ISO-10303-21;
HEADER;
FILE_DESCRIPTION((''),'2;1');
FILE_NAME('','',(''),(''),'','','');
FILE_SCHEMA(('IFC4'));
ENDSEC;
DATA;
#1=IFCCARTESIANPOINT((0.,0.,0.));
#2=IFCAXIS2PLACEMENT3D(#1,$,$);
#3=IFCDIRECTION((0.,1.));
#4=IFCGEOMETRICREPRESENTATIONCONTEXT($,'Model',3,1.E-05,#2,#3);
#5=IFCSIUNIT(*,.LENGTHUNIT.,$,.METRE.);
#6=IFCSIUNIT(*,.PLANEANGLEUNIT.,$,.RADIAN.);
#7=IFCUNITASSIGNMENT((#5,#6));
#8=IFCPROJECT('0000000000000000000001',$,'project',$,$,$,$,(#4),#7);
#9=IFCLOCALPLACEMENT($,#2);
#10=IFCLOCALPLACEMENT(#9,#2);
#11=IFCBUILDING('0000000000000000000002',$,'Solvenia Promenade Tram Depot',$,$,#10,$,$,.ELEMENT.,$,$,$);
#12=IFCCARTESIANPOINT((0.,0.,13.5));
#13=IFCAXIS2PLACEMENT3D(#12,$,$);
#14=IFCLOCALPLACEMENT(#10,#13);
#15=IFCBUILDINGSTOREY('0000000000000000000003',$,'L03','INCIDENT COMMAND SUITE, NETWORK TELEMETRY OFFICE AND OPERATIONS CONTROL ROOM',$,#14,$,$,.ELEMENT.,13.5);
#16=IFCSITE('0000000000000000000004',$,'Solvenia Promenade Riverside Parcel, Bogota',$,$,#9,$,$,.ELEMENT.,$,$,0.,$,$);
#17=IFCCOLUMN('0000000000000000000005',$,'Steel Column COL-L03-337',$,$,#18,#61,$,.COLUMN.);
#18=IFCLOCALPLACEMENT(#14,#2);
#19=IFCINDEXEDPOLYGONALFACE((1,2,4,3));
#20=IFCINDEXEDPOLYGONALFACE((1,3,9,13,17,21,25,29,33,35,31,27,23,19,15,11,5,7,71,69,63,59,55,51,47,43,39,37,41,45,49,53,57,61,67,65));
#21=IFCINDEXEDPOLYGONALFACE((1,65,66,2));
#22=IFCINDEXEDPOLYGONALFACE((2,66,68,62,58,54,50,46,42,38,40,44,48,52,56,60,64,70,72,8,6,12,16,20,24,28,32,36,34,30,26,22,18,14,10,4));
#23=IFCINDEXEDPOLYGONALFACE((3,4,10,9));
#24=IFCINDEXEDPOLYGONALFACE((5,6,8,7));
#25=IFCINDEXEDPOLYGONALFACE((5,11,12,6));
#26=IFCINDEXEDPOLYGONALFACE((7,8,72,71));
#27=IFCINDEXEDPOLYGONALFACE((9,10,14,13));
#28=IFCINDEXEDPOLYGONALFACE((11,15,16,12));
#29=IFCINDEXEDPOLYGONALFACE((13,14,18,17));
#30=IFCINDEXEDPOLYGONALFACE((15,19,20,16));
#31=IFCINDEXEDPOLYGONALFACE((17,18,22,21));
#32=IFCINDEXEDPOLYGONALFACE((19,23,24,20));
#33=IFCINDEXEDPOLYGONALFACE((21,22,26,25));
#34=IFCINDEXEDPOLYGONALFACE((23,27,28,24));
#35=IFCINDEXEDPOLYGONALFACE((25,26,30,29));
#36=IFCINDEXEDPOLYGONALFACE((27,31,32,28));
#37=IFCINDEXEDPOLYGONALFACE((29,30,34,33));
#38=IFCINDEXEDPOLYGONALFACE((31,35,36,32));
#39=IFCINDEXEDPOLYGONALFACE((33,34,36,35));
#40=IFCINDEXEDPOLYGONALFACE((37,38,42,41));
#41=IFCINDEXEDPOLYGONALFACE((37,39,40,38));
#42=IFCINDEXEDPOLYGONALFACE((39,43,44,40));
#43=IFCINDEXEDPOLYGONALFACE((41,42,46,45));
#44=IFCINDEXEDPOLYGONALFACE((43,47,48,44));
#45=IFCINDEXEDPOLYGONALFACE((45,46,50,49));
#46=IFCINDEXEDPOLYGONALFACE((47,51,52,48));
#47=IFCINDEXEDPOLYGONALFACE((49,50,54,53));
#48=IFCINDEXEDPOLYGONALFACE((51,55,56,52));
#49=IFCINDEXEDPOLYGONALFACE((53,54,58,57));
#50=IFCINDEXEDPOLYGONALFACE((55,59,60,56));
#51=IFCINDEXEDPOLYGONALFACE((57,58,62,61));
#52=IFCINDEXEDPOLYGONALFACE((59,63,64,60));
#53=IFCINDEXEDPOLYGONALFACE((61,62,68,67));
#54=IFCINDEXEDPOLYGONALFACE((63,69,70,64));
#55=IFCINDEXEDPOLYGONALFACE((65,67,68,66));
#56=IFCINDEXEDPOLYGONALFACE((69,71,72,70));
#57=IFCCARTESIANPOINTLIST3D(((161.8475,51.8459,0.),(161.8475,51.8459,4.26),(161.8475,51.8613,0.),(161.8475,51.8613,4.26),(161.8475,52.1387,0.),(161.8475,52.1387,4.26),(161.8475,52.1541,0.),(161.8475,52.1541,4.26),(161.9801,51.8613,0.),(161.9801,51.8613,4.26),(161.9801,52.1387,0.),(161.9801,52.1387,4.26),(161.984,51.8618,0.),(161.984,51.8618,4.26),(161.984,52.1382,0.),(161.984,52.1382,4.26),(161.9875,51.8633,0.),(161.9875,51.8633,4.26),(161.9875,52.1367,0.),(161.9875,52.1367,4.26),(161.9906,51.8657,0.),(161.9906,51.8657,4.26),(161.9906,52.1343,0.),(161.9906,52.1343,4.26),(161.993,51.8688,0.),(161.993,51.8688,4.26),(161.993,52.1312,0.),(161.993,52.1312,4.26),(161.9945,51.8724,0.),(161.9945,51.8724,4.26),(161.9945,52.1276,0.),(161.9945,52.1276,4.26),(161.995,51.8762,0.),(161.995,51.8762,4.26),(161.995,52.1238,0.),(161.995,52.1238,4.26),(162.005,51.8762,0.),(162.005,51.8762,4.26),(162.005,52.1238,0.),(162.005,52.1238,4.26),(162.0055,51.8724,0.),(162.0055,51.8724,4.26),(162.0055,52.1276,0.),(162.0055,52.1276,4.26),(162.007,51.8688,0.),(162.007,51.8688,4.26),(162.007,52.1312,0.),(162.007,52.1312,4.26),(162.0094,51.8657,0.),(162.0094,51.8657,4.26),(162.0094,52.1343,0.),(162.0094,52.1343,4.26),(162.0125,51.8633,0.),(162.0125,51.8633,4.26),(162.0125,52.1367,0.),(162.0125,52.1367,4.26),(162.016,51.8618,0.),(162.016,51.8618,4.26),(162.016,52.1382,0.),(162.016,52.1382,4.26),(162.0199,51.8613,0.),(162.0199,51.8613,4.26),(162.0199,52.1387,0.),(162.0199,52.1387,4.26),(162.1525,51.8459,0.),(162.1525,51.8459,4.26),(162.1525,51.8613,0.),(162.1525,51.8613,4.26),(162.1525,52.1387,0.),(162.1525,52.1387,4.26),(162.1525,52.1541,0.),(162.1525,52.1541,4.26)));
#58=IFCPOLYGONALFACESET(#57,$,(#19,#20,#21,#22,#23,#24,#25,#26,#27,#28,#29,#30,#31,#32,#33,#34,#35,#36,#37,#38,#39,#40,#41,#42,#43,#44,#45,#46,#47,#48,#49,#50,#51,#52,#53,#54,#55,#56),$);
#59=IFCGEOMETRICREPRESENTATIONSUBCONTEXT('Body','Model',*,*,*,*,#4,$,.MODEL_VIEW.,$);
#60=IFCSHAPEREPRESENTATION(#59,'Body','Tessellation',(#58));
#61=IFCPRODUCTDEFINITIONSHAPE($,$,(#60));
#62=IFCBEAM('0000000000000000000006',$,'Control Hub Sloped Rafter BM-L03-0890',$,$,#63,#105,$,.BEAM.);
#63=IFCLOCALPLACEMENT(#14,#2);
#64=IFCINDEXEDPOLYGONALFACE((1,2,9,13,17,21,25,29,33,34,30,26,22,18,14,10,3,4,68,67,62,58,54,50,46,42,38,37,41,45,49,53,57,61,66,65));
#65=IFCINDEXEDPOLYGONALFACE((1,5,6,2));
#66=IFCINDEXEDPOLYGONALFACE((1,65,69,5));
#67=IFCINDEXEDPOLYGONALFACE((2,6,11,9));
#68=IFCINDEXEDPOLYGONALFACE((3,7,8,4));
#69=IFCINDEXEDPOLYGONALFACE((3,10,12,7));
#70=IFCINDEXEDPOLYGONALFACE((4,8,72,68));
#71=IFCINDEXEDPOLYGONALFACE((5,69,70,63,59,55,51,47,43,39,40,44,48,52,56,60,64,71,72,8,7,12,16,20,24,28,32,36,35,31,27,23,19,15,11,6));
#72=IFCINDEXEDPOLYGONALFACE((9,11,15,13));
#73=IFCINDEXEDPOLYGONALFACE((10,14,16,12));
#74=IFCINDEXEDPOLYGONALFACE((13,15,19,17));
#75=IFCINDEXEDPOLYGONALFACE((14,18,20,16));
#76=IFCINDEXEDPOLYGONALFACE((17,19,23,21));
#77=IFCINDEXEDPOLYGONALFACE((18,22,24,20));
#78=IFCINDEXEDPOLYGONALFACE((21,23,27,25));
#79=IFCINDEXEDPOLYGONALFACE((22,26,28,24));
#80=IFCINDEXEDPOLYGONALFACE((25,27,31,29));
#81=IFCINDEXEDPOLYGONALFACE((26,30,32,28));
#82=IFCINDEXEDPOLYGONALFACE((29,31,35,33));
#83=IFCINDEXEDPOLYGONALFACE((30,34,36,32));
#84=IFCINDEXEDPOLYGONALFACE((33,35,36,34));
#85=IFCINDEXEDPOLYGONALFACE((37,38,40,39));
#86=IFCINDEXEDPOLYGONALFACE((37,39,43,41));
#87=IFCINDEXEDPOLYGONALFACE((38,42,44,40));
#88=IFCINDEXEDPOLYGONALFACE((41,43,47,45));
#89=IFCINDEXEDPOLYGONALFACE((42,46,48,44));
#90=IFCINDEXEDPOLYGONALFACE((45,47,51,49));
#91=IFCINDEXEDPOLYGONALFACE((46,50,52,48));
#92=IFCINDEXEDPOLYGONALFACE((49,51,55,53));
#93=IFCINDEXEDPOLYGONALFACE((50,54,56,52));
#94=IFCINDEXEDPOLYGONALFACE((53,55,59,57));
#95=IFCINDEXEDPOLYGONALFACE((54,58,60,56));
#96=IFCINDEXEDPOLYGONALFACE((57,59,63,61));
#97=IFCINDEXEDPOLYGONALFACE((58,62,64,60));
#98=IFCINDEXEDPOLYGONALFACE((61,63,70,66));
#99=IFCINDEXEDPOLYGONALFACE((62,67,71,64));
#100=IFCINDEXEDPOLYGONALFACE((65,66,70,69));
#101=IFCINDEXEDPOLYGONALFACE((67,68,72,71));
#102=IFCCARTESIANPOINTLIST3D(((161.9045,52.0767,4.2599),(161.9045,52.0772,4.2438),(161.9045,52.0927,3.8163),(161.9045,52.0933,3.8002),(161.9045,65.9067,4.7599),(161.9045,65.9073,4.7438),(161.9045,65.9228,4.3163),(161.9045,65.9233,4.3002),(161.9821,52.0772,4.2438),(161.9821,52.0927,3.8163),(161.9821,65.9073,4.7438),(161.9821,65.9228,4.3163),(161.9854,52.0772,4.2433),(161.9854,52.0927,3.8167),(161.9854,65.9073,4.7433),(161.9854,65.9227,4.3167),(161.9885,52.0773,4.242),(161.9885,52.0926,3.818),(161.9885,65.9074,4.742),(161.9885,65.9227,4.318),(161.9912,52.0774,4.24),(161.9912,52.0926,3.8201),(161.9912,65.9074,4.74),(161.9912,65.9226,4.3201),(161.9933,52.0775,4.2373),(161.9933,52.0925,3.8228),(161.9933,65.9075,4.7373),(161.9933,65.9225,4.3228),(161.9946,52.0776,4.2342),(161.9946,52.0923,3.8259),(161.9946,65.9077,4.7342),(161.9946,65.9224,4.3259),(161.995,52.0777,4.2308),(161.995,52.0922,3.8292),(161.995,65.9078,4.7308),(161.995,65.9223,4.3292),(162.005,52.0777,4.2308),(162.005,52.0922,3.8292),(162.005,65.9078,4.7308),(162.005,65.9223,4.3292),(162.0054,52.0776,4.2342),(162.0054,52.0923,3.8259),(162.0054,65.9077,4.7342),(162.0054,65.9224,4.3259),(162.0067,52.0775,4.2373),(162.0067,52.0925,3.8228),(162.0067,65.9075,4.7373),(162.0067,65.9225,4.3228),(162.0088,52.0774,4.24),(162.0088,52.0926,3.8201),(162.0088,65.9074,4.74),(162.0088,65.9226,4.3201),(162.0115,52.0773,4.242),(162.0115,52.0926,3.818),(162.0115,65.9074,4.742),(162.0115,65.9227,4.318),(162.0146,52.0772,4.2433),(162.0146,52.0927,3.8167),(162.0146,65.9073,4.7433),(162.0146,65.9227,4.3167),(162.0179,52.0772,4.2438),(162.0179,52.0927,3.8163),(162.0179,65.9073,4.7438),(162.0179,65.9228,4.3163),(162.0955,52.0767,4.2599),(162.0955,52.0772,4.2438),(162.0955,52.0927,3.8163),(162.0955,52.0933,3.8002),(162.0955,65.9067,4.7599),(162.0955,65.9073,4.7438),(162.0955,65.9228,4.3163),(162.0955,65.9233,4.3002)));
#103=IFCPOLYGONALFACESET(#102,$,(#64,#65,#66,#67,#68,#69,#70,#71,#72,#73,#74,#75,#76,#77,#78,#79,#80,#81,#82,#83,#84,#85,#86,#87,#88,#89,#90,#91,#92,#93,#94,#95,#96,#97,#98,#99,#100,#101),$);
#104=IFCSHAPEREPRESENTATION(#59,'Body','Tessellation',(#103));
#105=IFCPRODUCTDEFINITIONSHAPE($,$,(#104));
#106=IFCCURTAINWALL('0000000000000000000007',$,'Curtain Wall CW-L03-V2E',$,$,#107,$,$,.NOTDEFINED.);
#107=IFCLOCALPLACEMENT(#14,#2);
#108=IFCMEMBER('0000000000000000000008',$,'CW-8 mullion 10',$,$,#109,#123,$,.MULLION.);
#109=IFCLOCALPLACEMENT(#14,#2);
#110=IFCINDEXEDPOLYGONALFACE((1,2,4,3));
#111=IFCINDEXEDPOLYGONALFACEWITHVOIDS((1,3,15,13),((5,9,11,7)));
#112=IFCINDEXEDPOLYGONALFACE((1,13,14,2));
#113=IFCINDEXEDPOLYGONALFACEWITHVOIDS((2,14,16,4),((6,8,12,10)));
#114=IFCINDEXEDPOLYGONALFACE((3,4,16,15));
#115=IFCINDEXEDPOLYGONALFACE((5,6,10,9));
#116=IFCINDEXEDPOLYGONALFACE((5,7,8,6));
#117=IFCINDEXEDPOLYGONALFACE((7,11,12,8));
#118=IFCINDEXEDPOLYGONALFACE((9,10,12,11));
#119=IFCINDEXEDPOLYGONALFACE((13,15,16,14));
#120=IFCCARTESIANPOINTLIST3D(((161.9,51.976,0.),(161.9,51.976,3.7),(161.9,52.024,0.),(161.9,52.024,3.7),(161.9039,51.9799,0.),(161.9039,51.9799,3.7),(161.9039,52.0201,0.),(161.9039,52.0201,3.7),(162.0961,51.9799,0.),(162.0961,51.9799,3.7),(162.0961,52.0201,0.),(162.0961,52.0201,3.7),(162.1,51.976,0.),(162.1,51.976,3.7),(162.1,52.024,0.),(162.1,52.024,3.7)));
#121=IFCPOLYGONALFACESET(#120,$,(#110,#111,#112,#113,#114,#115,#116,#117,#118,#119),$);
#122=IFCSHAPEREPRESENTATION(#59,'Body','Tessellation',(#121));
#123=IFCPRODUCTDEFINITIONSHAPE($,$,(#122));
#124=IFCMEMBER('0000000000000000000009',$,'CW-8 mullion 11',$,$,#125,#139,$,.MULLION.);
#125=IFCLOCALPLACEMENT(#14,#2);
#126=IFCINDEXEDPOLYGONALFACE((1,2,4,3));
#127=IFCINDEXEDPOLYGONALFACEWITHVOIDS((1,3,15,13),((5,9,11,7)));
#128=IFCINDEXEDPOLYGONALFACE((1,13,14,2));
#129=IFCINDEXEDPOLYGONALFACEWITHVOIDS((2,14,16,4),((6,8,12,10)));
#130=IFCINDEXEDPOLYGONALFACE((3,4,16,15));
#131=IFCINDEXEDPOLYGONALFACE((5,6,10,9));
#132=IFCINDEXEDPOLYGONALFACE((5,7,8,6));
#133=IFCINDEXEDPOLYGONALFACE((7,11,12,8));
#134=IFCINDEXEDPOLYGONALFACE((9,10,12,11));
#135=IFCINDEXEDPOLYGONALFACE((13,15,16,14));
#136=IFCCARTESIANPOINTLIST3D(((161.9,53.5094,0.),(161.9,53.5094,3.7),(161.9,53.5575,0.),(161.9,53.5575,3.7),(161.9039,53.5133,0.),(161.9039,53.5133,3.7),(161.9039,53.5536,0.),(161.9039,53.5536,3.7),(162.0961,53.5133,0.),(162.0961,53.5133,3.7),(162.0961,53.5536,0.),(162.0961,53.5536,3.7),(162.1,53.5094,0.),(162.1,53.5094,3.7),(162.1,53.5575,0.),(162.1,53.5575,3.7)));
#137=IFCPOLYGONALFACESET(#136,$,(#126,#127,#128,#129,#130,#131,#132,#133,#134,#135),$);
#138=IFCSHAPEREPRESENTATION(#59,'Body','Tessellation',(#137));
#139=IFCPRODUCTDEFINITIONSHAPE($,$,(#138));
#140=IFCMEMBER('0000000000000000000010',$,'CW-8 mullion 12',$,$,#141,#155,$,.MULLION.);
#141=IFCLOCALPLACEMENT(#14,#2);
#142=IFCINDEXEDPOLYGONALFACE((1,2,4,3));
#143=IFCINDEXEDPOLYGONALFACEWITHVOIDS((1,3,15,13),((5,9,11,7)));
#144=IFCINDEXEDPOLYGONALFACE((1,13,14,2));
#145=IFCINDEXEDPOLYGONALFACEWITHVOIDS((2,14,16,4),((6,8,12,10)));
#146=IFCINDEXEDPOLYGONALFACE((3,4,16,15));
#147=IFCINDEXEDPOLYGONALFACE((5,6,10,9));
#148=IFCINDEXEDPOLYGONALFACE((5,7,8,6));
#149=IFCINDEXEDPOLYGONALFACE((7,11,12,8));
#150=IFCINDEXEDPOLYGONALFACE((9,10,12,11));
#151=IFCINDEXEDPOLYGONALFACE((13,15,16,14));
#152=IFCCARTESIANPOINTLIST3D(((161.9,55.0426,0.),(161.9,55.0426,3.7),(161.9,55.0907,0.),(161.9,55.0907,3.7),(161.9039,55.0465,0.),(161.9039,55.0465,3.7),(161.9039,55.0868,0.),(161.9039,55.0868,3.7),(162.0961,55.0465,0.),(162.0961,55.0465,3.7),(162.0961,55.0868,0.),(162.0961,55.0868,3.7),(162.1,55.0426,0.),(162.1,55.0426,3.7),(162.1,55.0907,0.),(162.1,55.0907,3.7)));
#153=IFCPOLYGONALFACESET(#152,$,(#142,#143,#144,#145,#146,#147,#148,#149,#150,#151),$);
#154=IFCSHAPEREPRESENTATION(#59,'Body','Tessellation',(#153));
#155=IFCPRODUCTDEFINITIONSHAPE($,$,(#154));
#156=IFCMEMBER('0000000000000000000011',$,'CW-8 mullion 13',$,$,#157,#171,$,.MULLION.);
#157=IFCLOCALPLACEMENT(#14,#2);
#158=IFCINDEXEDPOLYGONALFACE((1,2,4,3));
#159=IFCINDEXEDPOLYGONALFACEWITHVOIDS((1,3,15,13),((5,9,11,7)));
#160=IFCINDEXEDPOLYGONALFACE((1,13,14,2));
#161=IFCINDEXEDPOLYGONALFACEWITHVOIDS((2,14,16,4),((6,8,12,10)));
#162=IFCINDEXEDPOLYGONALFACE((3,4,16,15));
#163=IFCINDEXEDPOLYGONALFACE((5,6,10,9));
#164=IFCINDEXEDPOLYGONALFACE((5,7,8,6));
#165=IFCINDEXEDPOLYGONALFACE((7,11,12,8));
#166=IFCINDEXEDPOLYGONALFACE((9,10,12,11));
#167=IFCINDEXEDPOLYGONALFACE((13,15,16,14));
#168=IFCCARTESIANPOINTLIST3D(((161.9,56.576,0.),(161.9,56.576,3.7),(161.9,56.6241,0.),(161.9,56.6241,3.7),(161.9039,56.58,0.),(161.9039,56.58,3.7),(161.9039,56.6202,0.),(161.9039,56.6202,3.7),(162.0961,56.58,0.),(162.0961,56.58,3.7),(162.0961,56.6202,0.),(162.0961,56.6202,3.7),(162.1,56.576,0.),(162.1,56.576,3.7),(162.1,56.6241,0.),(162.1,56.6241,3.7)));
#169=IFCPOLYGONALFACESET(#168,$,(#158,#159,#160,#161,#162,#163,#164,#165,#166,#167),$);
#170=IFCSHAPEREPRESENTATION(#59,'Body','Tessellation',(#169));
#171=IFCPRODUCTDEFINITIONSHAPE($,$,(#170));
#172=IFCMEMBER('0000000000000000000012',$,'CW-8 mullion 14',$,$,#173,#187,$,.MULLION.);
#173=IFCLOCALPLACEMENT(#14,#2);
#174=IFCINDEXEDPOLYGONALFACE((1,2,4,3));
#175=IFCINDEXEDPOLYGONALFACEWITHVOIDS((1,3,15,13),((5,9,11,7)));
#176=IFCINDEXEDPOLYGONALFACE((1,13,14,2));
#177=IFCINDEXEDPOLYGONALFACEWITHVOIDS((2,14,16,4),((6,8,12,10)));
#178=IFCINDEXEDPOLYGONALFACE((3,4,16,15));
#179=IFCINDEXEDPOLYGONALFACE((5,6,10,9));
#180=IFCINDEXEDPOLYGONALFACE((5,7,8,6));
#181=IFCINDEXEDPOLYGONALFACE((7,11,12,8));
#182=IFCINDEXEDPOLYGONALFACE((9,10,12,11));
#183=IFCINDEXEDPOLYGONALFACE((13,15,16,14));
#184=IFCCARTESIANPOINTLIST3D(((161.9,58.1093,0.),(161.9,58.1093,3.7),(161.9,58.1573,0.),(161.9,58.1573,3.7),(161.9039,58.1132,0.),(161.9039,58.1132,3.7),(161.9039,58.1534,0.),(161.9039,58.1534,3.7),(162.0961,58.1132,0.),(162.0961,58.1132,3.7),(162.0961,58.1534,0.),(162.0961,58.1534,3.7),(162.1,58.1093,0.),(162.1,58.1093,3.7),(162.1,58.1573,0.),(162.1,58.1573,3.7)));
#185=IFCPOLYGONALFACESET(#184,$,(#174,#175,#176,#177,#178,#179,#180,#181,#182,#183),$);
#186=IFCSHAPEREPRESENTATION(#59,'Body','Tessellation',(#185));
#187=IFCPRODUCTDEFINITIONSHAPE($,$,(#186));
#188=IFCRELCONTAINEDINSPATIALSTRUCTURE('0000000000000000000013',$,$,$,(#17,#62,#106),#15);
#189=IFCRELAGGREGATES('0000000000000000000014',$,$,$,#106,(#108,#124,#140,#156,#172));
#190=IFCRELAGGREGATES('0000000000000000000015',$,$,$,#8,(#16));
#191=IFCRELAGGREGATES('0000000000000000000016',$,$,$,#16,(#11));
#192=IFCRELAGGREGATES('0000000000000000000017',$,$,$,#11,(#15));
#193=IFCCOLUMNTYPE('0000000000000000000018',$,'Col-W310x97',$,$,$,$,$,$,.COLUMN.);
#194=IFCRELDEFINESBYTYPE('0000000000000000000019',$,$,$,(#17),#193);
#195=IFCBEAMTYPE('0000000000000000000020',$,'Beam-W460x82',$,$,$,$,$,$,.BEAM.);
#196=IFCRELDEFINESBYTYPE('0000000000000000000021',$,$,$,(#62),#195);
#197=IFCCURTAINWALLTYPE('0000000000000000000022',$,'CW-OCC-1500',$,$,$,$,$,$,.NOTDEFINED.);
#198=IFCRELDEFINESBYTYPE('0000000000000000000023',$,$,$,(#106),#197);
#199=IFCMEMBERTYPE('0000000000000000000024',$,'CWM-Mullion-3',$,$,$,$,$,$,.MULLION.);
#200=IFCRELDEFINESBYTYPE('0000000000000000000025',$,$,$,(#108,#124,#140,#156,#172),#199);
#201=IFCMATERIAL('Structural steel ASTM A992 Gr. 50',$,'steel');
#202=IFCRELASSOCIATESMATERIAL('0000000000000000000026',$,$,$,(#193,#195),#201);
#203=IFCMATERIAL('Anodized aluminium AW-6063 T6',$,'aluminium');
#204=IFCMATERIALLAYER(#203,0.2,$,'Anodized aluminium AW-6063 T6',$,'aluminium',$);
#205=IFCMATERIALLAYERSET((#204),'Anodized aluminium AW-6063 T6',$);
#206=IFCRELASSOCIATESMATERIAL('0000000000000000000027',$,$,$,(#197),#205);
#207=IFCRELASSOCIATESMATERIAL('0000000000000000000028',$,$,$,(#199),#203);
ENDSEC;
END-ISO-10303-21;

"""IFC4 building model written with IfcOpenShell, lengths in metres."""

from ifc_helpers import new_model, si_unit, direction, frame, origin, origin_2d, place, context, subcontext, project, spatial, hollow_rectangle, i_section, extrude, material, layer, layer_set, material_profile, profile_set, type_object, element, aggregate, save


model = new_model("IFC4")

# Units and contexts
model_context = context("Model", 3, precision=1e-05, world=origin(), true_north=direction((0.0, 1.0)))
body_context = subcontext(model_context, "Body", "Model", "MODEL_VIEW")
ifc_project = project(units=[si_unit("LENGTHUNIT", "METRE"), si_unit("PLANEANGLEUNIT", "RADIAN")], contexts=[model_context])

# Site, building, storey
site_placement = place(None, origin())
site = spatial("IfcSite", under=ifc_project, at=site_placement, Name="Solvenia Promenade Riverside Parcel, Bogota", CompositionType="ELEMENT", RefElevation=0.0)
building_placement = place(site_placement, origin())
building = spatial("IfcBuilding", under=site, at=building_placement, Name="Solvenia Promenade Tram Depot", CompositionType="ELEMENT")
storey_placement = place(building_placement, frame((0.0, 0.0, 13.5)))
storey = spatial("IfcBuildingStorey", under=building, at=storey_placement, Name="L03", Description="INCIDENT COMMAND SUITE, NETWORK TELEMETRY OFFICE AND OPERATIONS CONTROL ROOM", CompositionType="ELEMENT", Elevation=13.5)

# Column
ifc_material_1 = material(Name="Structural steel ASTM A992 Gr. 50", Category="steel")
ifc_material_profile_1 = material_profile(ifc_material_1, i_section(OverallWidth=0.3049, OverallDepth=0.3081, WebThickness=0.01, FlangeThickness=0.0154, FilletRadius=0.0149, at=origin_2d()), Name="W310x97", Category="steel")
ifc_profile_set_1 = profile_set([ifc_material_profile_1], Name="Structural steel ASTM A992 Gr. 50")
column_type = type_object("IfcColumnType", Name="Col-W310x97", PredefinedType="COLUMN", material=ifc_profile_set_1)
column_placement = place(storey_placement, frame((162.0, 52.0, 0.0), z_axis=(0.0, 0.0, 1.0), x_axis=(1.0, 0.0, 0.0)))
element("IfcColumn", 1, at=column_placement, inside=storey, type_object=column_type, Name="Steel Column COL-L03-337", PredefinedType="COLUMN", context=body_context, shape_type="SweptSolid", body=[
    extrude(i_section(OverallWidth=0.3049, OverallDepth=0.3081, WebThickness=0.01, FlangeThickness=0.0154, FilletRadius=0.0149, at=origin_2d()), origin(), (0.0, 0.0, 1.0), 4.26),
])

# Beam
ifc_material_profile_2 = material_profile(ifc_material_1, i_section(OverallWidth=0.1909, OverallDepth=0.46, WebThickness=0.01, FlangeThickness=0.0161, FilletRadius=0.0129, at=origin_2d()), Name="W460x82", Category="steel")
ifc_profile_set_2 = profile_set([ifc_material_profile_2], Name="Structural steel ASTM A992 Gr. 50")
beam_type_1 = type_object("IfcBeamType", Name="Beam-W460x82", PredefinedType="BEAM", material=ifc_profile_set_2)
beam_1_placement = place(storey_placement, frame((162.0, 52.085, 4.03), z_axis=(0.0, 0.999347, 0.036129), x_axis=(-1.0, 0.0, 0.0)))
element("IfcBeam", 2, at=beam_1_placement, inside=storey, type_object=beam_type_1, Name="Control Hub Sloped Rafter BM-L03-0890", PredefinedType="BEAM", context=body_context, shape_type="SweptSolid", body=[
    extrude(i_section(OverallWidth=0.1909, OverallDepth=0.46, WebThickness=0.01, FlangeThickness=0.0161, FilletRadius=0.0129, at=origin_2d()), origin(), (0.0, 0.0, 1.0), 13.8391),
])

# Curtain wall, members
ifc_material_2 = material(Name="Anodized aluminium AW-6063 T6", Category="aluminium")
ifc_layer_1 = layer(ifc_material_2, 0.2, Name="Anodized aluminium AW-6063 T6", Category="aluminium")
ifc_layer_set_1 = layer_set([ifc_layer_1], Name="Anodized aluminium AW-6063 T6")
curtain_wall_type = type_object("IfcCurtainWallType", Name="CW-OCC-1500", PredefinedType="NOTDEFINED", material=ifc_layer_set_1)
curtain_wall_placement = place(storey_placement, origin())
curtain_wall = element("IfcCurtainWall", 3, at=curtain_wall_placement, inside=storey, type_object=curtain_wall_type, Name="Curtain Wall CW-L03-V2E", PredefinedType="NOTDEFINED")
ifc_material_profile_3 = material_profile(ifc_material_2, hollow_rectangle(XDim=0.2, YDim=0.0481, WallThickness=0.0039, at=origin_2d()), Name="ALU-M3", Category="aluminium")
ifc_profile_set_3 = profile_set([ifc_material_profile_3], Name="Anodized aluminium AW-6063 T6")
member_type_1 = type_object("IfcMemberType", Name="CWM-Mullion-3", PredefinedType="MULLION", material=ifc_profile_set_3)
member_1_placement = place(storey_placement, frame((162.0, 52.0, 0.0), z_axis=(0.0, 0.0, 1.0), x_axis=(-1.0, 0.0, 0.0)))
member_1 = element("IfcMember", 4, at=member_1_placement, type_object=member_type_1, Name="CW-8 mullion 10", PredefinedType="MULLION", context=body_context, shape_type="SweptSolid", body=[
    extrude(hollow_rectangle(XDim=0.2, YDim=0.0481, WallThickness=0.0039, at=origin_2d()), origin(), (0.0, 0.0, 1.0), 3.7),
])
member_2_placement = place(storey_placement, frame((162.0, 53.5334, 0.0), z_axis=(0.0, 0.0, 1.0), x_axis=(-1.0, 0.0, 0.0)))
member_2 = element("IfcMember", 5, at=member_2_placement, type_object=member_type_1, Name="CW-8 mullion 11", PredefinedType="MULLION", context=body_context, shape_type="SweptSolid", body=[
    extrude(hollow_rectangle(XDim=0.2, YDim=0.0481, WallThickness=0.0039, at=origin_2d()), origin(), (0.0, 0.0, 1.0), 3.7),
])
member_3_placement = place(storey_placement, frame((162.0, 55.0667, 0.0), z_axis=(0.0, 0.0, 1.0), x_axis=(-1.0, 0.0, 0.0)))
member_3 = element("IfcMember", 6, at=member_3_placement, type_object=member_type_1, Name="CW-8 mullion 12", PredefinedType="MULLION", context=body_context, shape_type="SweptSolid", body=[
    extrude(hollow_rectangle(XDim=0.2, YDim=0.0481, WallThickness=0.0039, at=origin_2d()), origin(), (0.0, 0.0, 1.0), 3.7),
])
member_4_placement = place(storey_placement, frame((162.0, 56.6001, 0.0), z_axis=(0.0, 0.0, 1.0), x_axis=(-1.0, 0.0, 0.0)))
member_4 = element("IfcMember", 7, at=member_4_placement, type_object=member_type_1, Name="CW-8 mullion 13", PredefinedType="MULLION", context=body_context, shape_type="SweptSolid", body=[
    extrude(hollow_rectangle(XDim=0.2, YDim=0.0481, WallThickness=0.0039, at=origin_2d()), origin(), (0.0, 0.0, 1.0), 3.7),
])
member_5_placement = place(storey_placement, frame((162.0, 58.1333, 0.0), z_axis=(0.0, 0.0, 1.0), x_axis=(-1.0, 0.0, 0.0)))
member_5 = element("IfcMember", 8, at=member_5_placement, type_object=member_type_1, Name="CW-8 mullion 14", PredefinedType="MULLION", context=body_context, shape_type="SweptSolid", body=[
    extrude(hollow_rectangle(XDim=0.2, YDim=0.0481, WallThickness=0.0039, at=origin_2d()), origin(), (0.0, 0.0, 1.0), 3.7),
])

aggregate(curtain_wall, [member_1, member_2, member_3, member_4, member_5])

save(model, "model.ifc")
